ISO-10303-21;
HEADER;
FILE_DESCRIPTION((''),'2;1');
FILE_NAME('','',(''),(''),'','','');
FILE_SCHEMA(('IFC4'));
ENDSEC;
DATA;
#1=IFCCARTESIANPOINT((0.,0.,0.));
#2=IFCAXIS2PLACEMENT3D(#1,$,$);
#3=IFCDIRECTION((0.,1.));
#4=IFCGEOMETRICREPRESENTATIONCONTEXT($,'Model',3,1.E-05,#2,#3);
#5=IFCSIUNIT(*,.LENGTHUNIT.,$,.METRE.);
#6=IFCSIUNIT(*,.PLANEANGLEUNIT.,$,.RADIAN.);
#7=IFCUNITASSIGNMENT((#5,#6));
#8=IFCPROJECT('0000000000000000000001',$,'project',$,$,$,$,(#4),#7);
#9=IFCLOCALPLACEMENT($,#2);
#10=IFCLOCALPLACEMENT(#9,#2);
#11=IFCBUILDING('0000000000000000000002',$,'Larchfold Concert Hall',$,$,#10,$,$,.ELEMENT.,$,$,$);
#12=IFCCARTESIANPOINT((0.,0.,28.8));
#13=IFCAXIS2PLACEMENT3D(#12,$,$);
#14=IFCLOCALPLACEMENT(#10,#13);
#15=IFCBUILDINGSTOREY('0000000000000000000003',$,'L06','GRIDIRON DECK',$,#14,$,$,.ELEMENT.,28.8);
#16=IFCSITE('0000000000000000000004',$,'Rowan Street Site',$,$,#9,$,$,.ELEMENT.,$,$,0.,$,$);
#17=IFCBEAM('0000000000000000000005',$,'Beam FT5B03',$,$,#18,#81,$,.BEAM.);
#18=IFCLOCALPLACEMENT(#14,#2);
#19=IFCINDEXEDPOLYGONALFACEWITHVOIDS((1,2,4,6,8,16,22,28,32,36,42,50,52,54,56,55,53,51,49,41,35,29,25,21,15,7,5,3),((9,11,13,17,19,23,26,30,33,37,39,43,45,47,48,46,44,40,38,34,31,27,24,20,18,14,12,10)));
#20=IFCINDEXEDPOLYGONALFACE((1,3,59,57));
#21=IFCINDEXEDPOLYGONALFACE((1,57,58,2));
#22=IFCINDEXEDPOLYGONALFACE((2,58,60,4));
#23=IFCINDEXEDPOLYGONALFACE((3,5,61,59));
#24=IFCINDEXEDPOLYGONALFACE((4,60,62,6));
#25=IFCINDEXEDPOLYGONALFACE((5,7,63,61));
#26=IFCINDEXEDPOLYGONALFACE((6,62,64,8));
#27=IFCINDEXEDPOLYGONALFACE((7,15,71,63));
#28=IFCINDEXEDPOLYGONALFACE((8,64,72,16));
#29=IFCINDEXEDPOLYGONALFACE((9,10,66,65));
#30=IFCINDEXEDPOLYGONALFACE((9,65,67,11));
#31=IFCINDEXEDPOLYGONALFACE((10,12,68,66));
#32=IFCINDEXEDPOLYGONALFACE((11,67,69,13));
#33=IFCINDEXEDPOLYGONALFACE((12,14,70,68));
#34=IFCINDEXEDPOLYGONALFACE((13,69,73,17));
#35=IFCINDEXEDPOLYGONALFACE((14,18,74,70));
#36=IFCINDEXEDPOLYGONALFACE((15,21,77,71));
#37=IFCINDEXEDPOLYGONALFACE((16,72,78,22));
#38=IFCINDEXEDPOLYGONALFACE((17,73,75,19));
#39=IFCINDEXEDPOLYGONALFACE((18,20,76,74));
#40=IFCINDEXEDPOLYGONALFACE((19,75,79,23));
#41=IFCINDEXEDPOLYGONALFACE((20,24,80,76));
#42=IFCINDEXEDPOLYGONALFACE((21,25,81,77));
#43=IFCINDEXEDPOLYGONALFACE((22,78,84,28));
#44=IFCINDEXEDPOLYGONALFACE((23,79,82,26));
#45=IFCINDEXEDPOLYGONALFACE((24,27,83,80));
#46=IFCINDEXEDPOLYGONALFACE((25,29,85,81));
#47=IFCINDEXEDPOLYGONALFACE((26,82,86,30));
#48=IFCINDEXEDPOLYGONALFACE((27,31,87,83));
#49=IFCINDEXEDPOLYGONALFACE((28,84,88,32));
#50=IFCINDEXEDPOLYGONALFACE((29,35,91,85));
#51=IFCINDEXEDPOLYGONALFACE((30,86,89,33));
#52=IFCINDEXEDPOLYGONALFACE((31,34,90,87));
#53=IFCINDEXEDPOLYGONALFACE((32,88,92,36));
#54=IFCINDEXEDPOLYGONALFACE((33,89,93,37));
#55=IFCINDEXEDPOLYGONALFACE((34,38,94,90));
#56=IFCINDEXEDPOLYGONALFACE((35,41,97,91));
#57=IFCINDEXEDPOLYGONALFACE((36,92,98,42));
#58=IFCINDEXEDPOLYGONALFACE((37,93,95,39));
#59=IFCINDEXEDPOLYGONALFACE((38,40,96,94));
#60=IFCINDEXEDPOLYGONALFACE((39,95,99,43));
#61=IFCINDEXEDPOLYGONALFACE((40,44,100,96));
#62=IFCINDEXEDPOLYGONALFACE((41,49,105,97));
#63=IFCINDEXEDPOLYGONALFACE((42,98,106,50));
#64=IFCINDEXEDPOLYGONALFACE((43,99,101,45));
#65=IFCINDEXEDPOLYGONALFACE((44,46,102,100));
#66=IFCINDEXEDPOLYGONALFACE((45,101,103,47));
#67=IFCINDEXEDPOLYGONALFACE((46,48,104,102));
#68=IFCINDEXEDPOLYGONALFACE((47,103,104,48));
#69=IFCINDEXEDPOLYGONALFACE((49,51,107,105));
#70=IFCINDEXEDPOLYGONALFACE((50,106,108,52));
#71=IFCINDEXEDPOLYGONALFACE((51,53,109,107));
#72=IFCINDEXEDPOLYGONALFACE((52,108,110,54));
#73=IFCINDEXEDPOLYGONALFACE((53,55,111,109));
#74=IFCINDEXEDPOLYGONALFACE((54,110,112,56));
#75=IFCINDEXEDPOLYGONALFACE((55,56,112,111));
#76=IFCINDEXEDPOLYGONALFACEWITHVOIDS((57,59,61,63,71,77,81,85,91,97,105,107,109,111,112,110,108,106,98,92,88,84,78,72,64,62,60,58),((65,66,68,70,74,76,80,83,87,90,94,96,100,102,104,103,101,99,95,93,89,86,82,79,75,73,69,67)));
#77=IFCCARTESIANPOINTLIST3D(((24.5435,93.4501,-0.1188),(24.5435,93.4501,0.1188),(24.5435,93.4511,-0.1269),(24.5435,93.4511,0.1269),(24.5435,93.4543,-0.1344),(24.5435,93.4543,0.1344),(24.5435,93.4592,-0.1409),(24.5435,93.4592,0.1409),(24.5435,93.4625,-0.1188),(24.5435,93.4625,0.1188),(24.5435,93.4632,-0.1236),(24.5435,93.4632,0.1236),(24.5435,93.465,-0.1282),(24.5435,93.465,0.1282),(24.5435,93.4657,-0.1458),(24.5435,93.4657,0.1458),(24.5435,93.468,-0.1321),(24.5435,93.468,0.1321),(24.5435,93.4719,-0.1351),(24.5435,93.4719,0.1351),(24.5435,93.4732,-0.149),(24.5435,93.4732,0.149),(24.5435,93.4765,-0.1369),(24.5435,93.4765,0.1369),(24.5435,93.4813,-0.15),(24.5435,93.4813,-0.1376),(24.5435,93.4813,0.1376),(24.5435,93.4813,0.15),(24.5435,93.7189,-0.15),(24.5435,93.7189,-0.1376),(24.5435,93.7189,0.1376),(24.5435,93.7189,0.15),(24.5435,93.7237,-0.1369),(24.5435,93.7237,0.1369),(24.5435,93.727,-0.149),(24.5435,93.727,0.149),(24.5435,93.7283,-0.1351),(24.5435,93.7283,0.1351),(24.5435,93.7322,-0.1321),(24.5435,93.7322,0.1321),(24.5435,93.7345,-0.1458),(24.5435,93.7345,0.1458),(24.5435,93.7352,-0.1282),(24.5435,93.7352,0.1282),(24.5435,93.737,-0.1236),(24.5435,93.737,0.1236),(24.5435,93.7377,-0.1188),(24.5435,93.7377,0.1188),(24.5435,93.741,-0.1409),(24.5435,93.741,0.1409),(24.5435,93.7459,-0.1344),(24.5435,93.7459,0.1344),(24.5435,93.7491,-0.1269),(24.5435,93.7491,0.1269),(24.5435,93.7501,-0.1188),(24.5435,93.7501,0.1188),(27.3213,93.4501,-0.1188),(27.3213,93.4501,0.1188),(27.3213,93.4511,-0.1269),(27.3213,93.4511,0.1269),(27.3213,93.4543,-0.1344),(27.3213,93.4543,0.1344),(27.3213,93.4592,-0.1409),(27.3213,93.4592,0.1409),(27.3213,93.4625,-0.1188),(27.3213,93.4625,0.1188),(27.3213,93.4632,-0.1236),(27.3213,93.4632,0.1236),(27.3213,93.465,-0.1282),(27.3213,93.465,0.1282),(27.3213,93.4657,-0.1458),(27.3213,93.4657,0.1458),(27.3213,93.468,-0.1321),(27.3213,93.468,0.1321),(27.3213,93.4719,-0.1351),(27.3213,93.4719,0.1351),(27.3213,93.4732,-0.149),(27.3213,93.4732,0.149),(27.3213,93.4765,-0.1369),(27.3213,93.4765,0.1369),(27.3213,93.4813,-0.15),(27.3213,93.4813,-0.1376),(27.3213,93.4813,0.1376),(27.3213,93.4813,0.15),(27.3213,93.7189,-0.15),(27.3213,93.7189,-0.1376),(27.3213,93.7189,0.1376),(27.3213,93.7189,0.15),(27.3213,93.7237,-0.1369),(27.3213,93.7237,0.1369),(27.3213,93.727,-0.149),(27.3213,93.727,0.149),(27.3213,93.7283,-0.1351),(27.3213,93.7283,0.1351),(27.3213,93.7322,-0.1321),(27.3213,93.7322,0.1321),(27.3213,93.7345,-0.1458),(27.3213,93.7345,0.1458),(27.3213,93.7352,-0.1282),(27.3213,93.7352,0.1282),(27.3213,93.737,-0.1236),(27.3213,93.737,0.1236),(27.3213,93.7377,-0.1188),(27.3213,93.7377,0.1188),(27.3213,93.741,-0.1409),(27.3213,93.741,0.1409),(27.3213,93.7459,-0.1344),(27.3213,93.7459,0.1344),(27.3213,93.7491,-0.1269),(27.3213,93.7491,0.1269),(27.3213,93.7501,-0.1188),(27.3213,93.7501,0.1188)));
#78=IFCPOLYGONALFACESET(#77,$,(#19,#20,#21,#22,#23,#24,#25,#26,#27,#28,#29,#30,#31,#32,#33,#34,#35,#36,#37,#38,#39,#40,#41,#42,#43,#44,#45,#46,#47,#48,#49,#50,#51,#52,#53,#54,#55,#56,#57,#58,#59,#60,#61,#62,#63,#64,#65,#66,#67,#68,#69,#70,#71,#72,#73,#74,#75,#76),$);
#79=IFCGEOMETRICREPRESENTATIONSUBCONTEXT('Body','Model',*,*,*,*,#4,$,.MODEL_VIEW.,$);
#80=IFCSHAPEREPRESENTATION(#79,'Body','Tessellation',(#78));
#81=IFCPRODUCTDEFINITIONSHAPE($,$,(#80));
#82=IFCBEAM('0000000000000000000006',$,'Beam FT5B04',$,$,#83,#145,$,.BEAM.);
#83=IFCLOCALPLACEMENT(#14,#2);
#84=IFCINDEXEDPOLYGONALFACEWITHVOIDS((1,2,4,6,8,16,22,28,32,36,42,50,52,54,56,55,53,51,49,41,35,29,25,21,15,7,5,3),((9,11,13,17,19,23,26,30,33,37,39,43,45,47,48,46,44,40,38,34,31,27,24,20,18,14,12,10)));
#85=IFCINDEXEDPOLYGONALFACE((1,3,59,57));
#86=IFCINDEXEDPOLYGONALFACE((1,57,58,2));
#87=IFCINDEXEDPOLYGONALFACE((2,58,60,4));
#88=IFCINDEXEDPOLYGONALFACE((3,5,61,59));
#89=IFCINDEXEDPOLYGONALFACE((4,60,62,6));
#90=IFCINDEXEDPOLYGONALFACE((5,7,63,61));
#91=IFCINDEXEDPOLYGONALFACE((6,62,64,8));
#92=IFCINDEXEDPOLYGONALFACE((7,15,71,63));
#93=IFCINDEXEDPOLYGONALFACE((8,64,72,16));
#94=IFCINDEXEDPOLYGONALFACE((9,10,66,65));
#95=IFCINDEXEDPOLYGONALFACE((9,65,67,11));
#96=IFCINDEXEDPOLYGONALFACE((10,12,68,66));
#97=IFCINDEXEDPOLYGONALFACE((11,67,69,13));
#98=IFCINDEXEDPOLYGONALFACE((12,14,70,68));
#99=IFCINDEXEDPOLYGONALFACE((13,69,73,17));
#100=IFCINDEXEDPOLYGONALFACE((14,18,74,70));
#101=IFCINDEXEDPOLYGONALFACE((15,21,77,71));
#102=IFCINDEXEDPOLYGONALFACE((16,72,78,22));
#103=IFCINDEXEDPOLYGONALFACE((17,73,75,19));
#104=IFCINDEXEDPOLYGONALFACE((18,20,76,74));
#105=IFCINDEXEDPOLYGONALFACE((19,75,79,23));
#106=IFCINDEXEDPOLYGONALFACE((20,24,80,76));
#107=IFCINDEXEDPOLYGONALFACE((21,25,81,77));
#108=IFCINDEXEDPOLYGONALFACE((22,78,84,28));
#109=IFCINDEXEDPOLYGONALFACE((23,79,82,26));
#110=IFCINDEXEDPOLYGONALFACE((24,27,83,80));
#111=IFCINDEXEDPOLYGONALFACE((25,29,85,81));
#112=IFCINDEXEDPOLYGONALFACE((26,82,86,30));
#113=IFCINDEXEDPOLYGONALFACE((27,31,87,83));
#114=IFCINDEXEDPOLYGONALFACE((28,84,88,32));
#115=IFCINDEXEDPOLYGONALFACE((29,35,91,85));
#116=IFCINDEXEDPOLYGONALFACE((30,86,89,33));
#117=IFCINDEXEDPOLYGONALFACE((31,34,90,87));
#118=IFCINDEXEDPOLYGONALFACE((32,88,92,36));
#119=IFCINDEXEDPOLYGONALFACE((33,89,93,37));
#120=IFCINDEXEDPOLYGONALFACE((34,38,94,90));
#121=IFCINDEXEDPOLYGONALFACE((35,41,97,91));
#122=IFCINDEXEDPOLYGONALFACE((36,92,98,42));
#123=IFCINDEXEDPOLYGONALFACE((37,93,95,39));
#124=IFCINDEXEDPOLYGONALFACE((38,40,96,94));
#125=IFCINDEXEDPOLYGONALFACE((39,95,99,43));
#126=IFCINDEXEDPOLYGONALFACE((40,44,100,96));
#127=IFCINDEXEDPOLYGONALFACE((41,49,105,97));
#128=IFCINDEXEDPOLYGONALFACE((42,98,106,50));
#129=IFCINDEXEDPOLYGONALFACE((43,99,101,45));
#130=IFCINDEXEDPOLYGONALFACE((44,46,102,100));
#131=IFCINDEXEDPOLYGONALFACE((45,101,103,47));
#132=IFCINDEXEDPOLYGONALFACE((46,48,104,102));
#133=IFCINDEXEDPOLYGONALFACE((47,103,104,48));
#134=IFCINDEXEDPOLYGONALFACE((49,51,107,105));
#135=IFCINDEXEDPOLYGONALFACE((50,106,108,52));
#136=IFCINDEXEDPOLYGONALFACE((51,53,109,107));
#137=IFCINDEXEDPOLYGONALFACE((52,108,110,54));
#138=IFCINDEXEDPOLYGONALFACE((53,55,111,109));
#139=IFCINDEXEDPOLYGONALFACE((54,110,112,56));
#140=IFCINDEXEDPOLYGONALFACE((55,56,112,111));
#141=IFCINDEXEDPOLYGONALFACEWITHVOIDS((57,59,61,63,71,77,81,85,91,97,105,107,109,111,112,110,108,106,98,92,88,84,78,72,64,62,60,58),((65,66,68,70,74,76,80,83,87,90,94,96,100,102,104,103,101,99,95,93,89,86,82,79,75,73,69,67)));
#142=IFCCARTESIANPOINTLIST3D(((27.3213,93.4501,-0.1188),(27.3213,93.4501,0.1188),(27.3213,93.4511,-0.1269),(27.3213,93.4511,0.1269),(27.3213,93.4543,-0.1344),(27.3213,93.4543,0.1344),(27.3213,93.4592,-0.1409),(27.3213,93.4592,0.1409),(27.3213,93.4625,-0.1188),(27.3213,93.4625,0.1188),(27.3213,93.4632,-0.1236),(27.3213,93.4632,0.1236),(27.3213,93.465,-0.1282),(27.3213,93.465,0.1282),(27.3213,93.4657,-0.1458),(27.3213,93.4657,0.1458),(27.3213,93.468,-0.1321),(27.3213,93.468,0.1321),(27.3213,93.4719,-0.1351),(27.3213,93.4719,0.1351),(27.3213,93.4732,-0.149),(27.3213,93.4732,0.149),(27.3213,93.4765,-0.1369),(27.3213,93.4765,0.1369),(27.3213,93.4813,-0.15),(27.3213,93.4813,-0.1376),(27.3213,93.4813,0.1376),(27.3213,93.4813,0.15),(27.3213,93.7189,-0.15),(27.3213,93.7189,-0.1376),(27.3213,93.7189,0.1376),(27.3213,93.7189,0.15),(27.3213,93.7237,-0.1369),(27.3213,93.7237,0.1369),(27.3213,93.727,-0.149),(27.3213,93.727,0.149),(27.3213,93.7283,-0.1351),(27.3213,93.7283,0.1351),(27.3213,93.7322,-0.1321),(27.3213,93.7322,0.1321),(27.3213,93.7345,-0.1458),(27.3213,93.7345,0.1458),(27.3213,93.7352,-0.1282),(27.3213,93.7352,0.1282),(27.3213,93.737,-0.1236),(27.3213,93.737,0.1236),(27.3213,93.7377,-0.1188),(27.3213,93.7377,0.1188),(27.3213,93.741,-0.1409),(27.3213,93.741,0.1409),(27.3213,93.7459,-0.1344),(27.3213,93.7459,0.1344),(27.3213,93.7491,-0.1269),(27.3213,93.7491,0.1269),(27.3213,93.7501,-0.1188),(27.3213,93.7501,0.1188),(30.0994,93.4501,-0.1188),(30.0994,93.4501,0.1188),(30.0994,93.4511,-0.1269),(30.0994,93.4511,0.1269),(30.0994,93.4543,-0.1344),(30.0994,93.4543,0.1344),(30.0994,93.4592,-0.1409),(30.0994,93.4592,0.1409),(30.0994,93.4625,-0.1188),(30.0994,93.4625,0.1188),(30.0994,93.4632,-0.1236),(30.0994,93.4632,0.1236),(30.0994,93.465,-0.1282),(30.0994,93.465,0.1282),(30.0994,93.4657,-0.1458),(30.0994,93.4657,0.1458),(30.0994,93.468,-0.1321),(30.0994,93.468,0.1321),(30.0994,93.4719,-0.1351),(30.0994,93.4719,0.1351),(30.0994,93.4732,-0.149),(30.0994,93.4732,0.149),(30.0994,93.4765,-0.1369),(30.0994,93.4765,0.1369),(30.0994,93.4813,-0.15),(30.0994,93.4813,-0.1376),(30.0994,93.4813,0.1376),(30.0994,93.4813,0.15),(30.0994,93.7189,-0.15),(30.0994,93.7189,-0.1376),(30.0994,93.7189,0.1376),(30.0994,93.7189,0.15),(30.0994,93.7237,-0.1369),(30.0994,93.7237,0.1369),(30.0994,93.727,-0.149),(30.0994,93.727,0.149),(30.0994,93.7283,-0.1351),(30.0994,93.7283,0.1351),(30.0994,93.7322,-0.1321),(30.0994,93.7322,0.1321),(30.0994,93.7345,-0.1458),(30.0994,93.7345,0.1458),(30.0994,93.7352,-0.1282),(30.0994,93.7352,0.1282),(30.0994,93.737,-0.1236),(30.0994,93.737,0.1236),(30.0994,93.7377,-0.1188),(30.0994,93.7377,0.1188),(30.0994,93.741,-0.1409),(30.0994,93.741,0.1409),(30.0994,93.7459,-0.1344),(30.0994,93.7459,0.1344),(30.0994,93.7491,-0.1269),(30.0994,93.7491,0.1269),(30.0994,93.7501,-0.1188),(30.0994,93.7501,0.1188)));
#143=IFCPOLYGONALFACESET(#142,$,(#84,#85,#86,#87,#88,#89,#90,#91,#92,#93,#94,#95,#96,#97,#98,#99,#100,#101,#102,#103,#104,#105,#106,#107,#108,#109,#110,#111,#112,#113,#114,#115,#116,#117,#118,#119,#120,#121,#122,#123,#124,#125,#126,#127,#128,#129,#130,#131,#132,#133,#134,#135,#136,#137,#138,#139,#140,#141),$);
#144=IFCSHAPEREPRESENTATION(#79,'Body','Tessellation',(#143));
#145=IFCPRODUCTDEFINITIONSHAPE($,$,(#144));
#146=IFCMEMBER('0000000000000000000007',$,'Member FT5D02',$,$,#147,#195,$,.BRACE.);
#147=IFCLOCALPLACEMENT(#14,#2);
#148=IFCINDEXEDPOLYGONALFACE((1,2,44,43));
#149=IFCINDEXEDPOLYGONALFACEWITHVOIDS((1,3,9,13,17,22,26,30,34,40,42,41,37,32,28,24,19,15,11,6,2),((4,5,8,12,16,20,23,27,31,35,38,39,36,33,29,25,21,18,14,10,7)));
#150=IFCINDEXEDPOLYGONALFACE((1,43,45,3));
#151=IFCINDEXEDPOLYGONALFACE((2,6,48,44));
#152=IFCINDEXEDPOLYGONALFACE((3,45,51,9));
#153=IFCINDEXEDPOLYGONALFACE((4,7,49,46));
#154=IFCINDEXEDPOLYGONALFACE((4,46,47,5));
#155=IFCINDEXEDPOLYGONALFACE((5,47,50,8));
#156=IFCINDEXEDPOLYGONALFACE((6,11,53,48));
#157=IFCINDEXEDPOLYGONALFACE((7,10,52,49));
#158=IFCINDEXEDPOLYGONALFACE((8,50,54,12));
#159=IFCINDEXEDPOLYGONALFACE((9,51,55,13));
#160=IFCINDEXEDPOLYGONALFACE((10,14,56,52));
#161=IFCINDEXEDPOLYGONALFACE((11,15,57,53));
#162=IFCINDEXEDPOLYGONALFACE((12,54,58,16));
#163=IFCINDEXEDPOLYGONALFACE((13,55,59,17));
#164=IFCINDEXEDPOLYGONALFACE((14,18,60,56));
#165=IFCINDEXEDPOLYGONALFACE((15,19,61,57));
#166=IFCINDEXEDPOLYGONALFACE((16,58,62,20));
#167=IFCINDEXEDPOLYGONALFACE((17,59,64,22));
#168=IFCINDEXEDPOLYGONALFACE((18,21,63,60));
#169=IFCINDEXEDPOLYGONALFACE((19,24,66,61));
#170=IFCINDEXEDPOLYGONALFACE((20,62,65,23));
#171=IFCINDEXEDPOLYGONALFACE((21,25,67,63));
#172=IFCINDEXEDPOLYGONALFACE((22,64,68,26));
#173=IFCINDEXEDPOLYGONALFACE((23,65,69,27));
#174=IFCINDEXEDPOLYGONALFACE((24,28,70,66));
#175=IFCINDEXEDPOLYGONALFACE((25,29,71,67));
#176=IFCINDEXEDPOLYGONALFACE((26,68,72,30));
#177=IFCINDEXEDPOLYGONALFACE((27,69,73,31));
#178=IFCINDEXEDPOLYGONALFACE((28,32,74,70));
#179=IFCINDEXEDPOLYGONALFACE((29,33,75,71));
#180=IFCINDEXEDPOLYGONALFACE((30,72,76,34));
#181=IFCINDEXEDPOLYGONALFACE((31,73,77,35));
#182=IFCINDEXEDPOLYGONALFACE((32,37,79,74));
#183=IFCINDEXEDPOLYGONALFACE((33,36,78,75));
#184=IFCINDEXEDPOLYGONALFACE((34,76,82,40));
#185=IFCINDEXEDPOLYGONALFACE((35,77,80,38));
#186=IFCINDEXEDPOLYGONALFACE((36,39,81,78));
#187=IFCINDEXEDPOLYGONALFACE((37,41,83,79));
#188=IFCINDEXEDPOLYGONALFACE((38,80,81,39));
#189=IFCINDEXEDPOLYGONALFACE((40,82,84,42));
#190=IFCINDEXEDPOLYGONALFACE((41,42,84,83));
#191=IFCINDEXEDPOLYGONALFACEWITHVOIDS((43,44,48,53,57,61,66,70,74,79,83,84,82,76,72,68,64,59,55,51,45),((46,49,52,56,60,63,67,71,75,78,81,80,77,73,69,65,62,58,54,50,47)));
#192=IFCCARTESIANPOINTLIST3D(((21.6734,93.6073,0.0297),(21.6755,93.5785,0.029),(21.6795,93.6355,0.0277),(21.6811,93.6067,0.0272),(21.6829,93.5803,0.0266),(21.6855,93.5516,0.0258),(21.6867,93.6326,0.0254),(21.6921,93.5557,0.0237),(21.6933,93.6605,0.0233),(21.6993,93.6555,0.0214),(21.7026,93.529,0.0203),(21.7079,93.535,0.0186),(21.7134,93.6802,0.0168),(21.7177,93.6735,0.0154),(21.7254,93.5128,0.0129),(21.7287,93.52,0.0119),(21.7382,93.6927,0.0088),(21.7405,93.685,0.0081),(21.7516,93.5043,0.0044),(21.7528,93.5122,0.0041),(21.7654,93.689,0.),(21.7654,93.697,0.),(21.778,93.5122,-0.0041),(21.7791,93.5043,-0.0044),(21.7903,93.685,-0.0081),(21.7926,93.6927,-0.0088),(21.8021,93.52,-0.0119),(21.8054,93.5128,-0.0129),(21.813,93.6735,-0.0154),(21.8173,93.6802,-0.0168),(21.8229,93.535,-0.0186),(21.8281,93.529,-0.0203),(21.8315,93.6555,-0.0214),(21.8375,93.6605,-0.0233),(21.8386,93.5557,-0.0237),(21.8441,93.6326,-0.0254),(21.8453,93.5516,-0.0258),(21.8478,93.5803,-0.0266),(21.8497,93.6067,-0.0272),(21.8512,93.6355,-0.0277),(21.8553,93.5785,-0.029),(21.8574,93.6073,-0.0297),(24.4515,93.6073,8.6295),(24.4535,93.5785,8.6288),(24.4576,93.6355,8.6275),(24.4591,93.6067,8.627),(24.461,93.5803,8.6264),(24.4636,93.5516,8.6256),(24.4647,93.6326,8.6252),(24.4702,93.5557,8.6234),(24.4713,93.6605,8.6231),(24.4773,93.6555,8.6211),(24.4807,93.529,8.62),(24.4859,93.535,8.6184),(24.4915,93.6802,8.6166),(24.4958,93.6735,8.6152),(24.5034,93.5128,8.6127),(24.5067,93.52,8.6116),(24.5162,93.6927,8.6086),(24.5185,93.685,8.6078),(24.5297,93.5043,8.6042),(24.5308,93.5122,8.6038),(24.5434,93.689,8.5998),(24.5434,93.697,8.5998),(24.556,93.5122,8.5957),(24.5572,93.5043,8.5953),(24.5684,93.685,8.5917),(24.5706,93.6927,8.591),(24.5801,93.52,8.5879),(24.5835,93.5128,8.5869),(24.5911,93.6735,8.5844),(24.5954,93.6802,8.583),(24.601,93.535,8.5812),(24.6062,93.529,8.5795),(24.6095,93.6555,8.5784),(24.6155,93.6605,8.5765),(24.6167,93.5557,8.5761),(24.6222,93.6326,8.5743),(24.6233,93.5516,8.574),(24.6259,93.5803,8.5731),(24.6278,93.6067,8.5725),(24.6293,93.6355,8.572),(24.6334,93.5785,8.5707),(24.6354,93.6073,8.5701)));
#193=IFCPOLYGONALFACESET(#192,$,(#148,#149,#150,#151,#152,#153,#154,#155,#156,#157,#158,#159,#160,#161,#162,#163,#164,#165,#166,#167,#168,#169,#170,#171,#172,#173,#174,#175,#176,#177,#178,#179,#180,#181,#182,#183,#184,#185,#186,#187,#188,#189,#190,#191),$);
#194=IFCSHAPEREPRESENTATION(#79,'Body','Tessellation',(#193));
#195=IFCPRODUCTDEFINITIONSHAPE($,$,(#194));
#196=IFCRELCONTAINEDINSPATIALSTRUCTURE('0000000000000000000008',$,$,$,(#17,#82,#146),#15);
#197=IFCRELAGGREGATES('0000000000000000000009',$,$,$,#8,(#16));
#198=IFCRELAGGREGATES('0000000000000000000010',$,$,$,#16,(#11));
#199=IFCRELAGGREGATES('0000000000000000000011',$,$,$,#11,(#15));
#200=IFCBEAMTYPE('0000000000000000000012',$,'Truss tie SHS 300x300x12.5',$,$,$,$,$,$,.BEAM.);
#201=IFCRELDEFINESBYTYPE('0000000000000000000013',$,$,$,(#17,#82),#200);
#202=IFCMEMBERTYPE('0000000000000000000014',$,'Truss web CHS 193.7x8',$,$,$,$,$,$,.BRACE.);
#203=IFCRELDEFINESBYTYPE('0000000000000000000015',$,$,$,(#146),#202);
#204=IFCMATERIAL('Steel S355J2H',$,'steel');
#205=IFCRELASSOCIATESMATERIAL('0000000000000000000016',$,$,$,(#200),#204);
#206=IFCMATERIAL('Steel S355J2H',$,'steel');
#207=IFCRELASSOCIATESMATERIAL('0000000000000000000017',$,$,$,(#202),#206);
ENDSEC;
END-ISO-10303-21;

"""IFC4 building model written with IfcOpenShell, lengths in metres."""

from ifc_helpers import new_model, si_unit, direction, frame, origin, origin_2d, place, context, subcontext, project, spatial, hollow_rectangle, hollow_circle, extrude, material, material_profile, profile_set, type_object, element, save


model = new_model("IFC4")

# Units and contexts
model_context = context("Model", 3, precision=1e-05, world=origin(), true_north=direction((0.0, 1.0)))
body_context = subcontext(model_context, "Body", "Model", "MODEL_VIEW")
ifc_project = project(units=[si_unit("LENGTHUNIT", "METRE"), si_unit("PLANEANGLEUNIT", "RADIAN")], contexts=[model_context])

# Site, building, storey
site_placement = place(None, origin())
site = spatial("IfcSite", under=ifc_project, at=site_placement, Name="Rowan Street Site", CompositionType="ELEMENT", RefElevation=0.0)
building_placement = place(site_placement, origin())
building = spatial("IfcBuilding", under=site, at=building_placement, Name="Larchfold Concert Hall", CompositionType="ELEMENT")
storey_placement = place(building_placement, frame((0.0, 0.0, 28.8)))
storey = spatial("IfcBuildingStorey", under=building, at=storey_placement, Name="L06", Description="GRIDIRON DECK", CompositionType="ELEMENT", Elevation=28.8)

# Beams
ifc_material_1 = material(Name="Steel S355J2H", Category="steel")
ifc_material_profile_1 = material_profile(ifc_material_1, hollow_rectangle(XDim=0.3, YDim=0.3, WallThickness=0.0125, InnerFilletRadius=0.0188, OuterFilletRadius=0.0312, at=origin_2d()))
ifc_profile_set_1 = profile_set([ifc_material_profile_1], Name="Steel S355J2H")
beam_type_1 = type_object("IfcBeamType", Name="Truss tie SHS 300x300x12.5", PredefinedType="BEAM", material=ifc_profile_set_1)
beam_1_placement = place(storey_placement, frame((24.5435, 93.6001, 0.0), z_axis=(1.0, 0.0, 0.0), x_axis=(0.0, 1.0, 0.0)))
element("IfcBeam", 1, at=beam_1_placement, inside=storey, type_object=beam_type_1, Name="Beam FT5B03", PredefinedType="BEAM", context=body_context, shape_type="SweptSolid", body=[
    extrude(hollow_rectangle(XDim=0.3, YDim=0.3, WallThickness=0.0125, InnerFilletRadius=0.0188, OuterFilletRadius=0.0312, at=origin_2d()), origin(), (0.0, 0.0, 1.0), 2.7778),
])
beam_2_placement = place(storey_placement, frame((27.3213, 93.6001, 0.0), z_axis=(1.0, 0.0, 0.0), x_axis=(0.0, 1.0, 0.0)))
element("IfcBeam", 2, at=beam_2_placement, inside=storey, type_object=beam_type_1, Name="Beam FT5B04", PredefinedType="BEAM", context=body_context, shape_type="SweptSolid", body=[
    extrude(hollow_rectangle(XDim=0.3, YDim=0.3, WallThickness=0.0125, InnerFilletRadius=0.0188, OuterFilletRadius=0.0312, at=origin_2d()), origin(), (0.0, 0.0, 1.0), 2.7781),
])

# Member
ifc_material_2 = material(Name="Steel S355J2H", Category="steel")
ifc_material_profile_2 = material_profile(ifc_material_2, hollow_circle(Radius=0.0969, WallThickness=0.0081, at=origin_2d()))
ifc_profile_set_2 = profile_set([ifc_material_profile_2], Name="Steel S355J2H")
member_type_1 = type_object("IfcMemberType", Name="Truss web CHS 193.7x8", PredefinedType="BRACE", material=ifc_profile_set_2)
for number, where, z_axis, x_axis, name in (
    (3, (21.7654, 93.6001, 0.0), (0.307397, 0.0, 0.951581), (0.0, 1.0, 0.0), "Member FT5D02"),
):
    element("IfcMember", number, at=place(storey_placement, frame(where, z_axis=z_axis, x_axis=x_axis)), inside=storey, type_object=member_type_1, Name=name, PredefinedType="BRACE", context=body_context, shape_type="SweptSolid", body=[
        extrude(hollow_circle(Radius=0.0969, WallThickness=0.0081, at=origin_2d()), origin(), (0.0, 0.0, 1.0), 9.0374),
    ])

save(model, "model.ifc")
